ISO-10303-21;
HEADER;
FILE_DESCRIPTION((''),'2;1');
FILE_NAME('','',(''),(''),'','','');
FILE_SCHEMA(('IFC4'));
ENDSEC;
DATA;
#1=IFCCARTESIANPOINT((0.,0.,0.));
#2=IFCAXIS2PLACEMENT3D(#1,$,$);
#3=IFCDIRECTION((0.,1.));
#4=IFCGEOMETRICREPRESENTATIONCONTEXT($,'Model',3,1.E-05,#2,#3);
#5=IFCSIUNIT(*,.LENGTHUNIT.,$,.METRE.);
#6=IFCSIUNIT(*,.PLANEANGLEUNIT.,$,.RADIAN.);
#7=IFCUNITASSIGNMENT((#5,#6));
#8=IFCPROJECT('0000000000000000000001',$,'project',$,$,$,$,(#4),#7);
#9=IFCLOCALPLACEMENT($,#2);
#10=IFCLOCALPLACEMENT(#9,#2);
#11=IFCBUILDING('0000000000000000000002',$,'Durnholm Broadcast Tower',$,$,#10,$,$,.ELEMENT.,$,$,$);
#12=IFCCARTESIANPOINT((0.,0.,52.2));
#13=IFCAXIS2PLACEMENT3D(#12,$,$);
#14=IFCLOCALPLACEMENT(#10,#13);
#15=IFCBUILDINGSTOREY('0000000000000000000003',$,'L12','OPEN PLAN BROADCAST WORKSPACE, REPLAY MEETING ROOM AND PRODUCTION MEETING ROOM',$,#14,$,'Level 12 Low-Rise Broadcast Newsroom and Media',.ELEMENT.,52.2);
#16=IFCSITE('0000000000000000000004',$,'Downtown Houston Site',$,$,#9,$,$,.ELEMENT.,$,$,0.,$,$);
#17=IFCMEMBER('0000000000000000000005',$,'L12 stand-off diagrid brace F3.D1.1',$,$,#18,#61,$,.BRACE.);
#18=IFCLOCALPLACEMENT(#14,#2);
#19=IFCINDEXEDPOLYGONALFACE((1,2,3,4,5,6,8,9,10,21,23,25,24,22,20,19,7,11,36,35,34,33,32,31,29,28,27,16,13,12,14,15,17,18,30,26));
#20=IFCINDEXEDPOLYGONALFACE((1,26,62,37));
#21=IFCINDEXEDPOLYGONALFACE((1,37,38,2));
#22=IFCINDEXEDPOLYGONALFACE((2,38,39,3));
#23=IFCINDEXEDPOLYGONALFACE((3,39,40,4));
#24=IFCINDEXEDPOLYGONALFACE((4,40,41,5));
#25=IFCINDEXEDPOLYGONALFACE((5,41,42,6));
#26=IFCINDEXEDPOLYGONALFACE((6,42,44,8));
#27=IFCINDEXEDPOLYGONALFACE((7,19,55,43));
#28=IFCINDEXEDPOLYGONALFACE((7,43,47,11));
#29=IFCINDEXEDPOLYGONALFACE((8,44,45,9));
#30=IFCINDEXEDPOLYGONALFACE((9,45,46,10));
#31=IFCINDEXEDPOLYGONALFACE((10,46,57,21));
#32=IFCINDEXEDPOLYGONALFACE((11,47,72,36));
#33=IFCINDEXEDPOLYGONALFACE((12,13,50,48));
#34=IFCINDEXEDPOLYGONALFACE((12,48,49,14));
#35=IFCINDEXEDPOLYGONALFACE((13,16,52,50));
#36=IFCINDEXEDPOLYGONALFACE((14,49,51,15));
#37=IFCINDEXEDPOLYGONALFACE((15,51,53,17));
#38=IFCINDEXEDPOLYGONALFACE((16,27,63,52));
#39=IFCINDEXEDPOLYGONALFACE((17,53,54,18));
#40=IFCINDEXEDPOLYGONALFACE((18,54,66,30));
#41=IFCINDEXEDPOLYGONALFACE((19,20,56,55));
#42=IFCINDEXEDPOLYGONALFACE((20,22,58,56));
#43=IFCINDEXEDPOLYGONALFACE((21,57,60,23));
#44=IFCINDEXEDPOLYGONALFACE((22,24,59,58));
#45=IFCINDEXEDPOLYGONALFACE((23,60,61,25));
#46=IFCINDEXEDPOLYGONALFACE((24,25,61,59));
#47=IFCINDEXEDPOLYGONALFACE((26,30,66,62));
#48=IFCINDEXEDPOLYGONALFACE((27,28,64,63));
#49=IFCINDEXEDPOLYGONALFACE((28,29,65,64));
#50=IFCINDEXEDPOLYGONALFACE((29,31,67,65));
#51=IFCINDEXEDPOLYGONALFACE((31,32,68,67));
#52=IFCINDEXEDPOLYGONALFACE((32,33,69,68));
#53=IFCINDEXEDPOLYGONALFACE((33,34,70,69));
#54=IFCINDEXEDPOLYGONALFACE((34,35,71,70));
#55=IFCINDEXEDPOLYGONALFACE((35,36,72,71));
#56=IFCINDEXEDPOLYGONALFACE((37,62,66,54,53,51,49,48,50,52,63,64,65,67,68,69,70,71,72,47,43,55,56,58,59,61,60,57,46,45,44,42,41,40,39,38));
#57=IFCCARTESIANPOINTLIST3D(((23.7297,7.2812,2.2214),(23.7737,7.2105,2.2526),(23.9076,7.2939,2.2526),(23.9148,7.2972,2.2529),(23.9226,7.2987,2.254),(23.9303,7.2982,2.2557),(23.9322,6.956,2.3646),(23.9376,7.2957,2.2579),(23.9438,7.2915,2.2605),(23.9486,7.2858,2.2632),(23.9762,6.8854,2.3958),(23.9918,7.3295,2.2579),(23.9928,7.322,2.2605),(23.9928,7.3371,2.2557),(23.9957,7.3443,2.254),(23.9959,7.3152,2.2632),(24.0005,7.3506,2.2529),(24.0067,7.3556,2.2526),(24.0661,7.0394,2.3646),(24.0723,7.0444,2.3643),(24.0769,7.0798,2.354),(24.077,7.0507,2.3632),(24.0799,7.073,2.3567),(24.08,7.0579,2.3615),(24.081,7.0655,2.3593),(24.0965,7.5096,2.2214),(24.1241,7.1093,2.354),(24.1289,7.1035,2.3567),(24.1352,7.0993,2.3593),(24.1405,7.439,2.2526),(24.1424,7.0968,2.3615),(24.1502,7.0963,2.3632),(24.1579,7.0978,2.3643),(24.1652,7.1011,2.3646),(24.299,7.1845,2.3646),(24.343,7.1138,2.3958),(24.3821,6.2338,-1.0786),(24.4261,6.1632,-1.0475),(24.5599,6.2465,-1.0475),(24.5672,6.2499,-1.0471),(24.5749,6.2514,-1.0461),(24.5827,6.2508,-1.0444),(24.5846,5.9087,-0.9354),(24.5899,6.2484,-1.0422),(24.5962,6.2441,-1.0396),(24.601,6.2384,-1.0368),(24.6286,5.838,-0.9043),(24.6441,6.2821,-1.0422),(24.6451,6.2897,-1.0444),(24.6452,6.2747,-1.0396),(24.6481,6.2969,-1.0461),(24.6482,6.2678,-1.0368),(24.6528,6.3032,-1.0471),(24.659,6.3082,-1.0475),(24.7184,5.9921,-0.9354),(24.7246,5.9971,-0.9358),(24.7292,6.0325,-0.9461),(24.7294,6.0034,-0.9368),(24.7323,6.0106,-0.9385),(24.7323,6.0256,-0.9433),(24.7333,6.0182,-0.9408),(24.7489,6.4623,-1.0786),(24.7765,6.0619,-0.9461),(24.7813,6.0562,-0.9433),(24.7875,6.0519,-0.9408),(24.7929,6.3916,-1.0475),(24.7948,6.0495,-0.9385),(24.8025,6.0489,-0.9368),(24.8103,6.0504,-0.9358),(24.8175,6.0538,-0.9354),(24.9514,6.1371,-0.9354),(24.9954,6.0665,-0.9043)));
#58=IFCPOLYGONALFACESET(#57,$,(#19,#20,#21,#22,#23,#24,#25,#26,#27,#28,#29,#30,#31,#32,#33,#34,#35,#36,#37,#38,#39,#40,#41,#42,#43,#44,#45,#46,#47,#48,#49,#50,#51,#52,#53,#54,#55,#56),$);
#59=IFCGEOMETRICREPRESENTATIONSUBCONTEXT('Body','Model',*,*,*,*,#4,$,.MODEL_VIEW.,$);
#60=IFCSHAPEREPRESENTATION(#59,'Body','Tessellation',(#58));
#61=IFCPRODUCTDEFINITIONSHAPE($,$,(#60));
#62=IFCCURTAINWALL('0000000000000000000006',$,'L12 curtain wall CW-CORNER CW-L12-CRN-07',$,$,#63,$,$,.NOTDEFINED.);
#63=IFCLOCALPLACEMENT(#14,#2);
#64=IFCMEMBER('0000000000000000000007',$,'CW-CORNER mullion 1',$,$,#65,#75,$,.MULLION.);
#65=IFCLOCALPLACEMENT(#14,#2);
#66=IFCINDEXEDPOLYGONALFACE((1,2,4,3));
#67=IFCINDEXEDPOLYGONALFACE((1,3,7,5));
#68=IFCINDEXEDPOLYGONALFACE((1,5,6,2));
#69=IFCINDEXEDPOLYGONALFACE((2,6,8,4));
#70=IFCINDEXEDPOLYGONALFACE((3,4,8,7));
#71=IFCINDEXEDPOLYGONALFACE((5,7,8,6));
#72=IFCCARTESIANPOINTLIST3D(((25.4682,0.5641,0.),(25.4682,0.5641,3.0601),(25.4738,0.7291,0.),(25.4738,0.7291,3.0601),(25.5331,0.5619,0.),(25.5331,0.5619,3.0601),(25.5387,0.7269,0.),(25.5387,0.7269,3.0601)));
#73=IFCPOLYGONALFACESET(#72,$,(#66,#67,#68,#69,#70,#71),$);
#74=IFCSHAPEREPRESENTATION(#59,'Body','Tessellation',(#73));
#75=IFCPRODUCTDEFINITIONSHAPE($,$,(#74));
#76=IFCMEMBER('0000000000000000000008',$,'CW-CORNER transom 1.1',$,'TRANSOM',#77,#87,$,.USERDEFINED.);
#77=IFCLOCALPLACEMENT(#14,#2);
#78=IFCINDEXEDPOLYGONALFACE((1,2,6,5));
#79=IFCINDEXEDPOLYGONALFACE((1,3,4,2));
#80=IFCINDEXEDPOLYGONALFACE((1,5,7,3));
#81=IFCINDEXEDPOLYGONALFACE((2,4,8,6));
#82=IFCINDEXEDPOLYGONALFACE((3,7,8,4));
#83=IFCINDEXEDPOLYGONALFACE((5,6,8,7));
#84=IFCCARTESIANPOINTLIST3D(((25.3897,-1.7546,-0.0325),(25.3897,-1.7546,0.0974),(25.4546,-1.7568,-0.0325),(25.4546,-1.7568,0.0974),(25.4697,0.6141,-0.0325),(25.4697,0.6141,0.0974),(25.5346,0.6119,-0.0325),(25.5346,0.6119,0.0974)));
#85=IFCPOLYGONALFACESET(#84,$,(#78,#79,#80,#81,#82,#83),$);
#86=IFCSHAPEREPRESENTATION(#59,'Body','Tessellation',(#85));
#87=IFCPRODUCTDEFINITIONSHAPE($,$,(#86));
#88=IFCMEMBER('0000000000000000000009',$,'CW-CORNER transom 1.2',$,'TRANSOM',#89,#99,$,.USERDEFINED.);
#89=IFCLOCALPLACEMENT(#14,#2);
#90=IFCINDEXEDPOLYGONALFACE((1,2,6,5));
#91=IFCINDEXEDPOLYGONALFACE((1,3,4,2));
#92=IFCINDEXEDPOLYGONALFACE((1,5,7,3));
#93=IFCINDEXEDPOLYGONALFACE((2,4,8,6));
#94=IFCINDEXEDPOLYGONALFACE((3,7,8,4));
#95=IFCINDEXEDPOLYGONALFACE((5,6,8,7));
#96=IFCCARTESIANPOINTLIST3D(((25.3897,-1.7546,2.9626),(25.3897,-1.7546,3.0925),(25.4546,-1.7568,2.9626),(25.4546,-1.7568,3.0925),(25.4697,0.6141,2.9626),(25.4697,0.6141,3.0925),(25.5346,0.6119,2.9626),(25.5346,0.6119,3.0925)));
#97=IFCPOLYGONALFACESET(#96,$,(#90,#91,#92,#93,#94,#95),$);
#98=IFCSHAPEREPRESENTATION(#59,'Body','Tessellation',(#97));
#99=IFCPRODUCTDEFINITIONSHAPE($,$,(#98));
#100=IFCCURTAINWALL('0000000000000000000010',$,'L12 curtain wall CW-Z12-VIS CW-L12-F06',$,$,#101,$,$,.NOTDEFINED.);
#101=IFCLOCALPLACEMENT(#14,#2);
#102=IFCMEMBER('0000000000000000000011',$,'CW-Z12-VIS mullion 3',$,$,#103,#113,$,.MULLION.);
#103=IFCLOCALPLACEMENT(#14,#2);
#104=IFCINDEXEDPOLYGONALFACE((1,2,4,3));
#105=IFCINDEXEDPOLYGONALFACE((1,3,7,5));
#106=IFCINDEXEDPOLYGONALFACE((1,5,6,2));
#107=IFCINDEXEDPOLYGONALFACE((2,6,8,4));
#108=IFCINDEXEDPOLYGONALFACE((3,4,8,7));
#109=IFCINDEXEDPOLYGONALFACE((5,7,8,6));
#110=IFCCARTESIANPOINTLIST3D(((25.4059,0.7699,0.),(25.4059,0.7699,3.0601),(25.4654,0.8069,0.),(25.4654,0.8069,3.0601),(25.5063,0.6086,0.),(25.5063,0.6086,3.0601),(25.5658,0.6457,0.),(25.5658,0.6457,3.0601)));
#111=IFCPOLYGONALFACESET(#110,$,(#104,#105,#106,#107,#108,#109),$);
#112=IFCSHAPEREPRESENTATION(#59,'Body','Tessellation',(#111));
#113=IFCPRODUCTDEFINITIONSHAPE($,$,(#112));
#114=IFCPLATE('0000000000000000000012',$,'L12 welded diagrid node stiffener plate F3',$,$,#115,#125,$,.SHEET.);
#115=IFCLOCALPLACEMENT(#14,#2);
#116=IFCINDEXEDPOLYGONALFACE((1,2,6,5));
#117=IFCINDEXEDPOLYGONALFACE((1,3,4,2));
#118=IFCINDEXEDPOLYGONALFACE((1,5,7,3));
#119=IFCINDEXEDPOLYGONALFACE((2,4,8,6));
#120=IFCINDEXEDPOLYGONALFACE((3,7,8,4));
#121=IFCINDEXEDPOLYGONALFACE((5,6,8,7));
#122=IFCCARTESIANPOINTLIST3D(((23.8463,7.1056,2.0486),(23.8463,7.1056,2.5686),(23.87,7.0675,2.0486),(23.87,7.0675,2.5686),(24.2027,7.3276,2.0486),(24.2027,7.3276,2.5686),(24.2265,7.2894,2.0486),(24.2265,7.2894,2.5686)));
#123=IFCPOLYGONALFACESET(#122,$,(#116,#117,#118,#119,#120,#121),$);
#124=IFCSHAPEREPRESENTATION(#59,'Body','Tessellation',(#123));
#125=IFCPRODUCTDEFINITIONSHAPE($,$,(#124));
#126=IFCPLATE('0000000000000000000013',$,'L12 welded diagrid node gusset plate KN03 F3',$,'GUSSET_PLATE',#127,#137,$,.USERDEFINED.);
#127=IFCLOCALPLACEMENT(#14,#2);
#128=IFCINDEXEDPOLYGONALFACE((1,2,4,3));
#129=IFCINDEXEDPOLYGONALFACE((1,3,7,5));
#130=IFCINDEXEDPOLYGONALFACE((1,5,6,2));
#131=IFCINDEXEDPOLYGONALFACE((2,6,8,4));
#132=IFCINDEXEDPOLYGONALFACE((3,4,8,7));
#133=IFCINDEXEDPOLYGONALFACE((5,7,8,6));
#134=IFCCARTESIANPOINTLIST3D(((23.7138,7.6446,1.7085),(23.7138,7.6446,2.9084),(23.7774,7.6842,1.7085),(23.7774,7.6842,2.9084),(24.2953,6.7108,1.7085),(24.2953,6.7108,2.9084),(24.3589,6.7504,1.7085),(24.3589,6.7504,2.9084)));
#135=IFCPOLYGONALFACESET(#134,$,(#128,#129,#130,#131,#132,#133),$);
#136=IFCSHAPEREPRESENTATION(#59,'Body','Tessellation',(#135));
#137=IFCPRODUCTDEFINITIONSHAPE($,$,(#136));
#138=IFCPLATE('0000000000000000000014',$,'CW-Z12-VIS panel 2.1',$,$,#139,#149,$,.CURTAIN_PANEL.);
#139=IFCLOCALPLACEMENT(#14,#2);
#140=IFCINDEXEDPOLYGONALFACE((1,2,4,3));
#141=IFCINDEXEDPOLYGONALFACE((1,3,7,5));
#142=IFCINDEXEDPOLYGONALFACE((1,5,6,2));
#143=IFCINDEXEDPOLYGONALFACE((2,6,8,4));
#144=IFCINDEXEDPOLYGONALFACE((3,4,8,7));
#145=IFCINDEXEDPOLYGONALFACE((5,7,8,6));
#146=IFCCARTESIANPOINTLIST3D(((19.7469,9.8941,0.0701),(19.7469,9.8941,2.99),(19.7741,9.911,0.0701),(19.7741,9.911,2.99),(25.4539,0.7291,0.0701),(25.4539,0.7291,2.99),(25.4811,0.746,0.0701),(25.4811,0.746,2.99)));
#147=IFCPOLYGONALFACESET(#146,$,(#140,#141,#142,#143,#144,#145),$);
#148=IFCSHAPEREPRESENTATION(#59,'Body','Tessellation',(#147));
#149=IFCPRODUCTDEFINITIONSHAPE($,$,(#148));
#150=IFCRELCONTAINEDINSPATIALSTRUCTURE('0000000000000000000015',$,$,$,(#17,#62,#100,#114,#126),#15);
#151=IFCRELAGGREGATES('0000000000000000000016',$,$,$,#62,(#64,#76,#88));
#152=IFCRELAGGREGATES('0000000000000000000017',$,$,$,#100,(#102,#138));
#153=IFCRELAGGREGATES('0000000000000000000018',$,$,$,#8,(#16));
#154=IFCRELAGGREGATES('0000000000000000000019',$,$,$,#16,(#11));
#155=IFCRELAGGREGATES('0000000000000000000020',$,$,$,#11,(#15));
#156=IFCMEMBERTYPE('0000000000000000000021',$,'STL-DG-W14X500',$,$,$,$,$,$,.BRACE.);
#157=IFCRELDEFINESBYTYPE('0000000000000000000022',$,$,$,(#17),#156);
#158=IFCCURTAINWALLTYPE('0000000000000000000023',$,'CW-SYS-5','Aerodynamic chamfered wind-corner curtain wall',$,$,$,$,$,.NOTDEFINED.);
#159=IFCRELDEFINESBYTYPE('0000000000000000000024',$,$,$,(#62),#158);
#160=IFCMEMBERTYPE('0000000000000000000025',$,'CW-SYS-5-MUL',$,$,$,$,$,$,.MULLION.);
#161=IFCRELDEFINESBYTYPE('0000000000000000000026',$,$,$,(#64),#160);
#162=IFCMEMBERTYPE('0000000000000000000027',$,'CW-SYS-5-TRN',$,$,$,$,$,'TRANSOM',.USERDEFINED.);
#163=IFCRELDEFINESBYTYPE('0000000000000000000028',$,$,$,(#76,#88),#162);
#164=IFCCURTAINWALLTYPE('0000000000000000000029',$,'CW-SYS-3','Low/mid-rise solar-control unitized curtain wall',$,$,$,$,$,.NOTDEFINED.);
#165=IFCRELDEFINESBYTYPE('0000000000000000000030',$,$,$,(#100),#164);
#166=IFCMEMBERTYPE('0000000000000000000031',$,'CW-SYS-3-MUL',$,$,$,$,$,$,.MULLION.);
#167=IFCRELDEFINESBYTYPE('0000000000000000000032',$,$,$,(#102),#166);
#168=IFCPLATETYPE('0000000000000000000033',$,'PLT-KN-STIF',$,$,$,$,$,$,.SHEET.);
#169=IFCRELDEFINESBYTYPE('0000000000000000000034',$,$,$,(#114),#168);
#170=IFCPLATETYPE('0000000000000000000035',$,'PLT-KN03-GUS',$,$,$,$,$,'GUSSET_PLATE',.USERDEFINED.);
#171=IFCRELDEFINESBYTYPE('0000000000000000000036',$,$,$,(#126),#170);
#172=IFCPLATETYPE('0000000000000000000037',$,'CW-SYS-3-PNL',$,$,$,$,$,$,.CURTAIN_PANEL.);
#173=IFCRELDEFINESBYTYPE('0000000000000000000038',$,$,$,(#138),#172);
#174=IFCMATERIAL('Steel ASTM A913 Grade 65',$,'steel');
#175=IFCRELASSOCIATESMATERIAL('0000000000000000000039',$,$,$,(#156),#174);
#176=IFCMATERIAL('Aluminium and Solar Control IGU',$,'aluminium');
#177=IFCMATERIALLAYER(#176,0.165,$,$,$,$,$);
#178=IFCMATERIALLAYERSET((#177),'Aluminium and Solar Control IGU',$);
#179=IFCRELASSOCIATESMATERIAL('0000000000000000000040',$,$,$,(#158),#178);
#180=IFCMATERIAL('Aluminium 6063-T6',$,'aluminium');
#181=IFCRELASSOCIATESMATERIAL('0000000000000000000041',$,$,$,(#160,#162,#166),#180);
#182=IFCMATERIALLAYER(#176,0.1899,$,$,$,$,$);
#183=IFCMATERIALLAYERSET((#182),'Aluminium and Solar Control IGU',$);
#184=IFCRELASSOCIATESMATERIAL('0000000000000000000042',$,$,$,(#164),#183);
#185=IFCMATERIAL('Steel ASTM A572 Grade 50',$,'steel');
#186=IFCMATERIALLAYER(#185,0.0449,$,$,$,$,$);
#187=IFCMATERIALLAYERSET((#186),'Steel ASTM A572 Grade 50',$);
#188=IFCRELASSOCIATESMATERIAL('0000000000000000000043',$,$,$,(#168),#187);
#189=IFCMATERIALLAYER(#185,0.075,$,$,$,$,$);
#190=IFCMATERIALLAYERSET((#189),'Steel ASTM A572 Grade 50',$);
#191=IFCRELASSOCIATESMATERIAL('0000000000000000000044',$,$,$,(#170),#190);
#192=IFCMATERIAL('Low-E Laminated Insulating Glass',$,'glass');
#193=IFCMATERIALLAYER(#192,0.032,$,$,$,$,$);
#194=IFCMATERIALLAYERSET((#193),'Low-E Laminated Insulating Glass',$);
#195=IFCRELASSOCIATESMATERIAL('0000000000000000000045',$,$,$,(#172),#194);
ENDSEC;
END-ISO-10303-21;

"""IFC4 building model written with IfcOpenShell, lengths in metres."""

from ifc_helpers import new_model, si_unit, direction, frame, origin, origin_2d, place, context, subcontext, project, spatial, rectangle, i_section, extrude, source, transform, mapped, material, layer, layer_set, material_profile, profile_set, type_object, type_shapes, element, aggregate, save


model = new_model("IFC4")

# Units and contexts
model_context = context("Model", 3, precision=1e-05, world=origin(), true_north=direction((0.0, 1.0)))
body_context = subcontext(model_context, "Body", "Model", "MODEL_VIEW")
ifc_project = project(units=[si_unit("LENGTHUNIT", "METRE"), si_unit("PLANEANGLEUNIT", "RADIAN")], contexts=[model_context])

# Site, building, storey
site_placement = place(None, origin())
site = spatial("IfcSite", under=ifc_project, at=site_placement, Name="Downtown Houston Site", CompositionType="ELEMENT", RefElevation=0.0)
building_placement = place(site_placement, origin())
building = spatial("IfcBuilding", under=site, at=building_placement, Name="Durnholm Broadcast Tower", CompositionType="ELEMENT")
storey_placement = place(building_placement, frame((0.0, 0.0, 52.2)))
storey = spatial("IfcBuildingStorey", under=building, at=storey_placement, Name="L12", Description="OPEN PLAN BROADCAST WORKSPACE, REPLAY MEETING ROOM AND PRODUCTION MEETING ROOM", LongName="Level 12 Low-Rise Broadcast Newsroom and Media", CompositionType="ELEMENT", Elevation=52.2)

# Member
ifc_material_1 = material(Name="Steel ASTM A913 Grade 65", Category="steel")
ifc_material_profile_1 = material_profile(ifc_material_1, i_section(OverallWidth=0.4321, OverallDepth=0.4978, WebThickness=0.0557, FlangeThickness=0.0889, FilletRadius=0.0305, at=origin_2d()), Name="W14X500")
ifc_profile_set_1 = profile_set([ifc_material_profile_1], Name="Steel ASTM A913 Grade 65")
member_type_1 = type_object("IfcMemberType", Name="STL-DG-W14X500", PredefinedType="BRACE", material=ifc_profile_set_1)
shared_shape_1 = source(origin(), body_context, "Body", "SweptSolid", [
    extrude(i_section(OverallWidth=0.4321, OverallDepth=0.4978, WebThickness=0.0557, FlangeThickness=0.0889, FilletRadius=0.0305, at=origin_2d()), origin(), (0.0, 0.0, 1.0), 3.5232),
])
type_shapes(member_type_1, [shared_shape_1])
member_1_placement = place(storey_placement, frame((24.6887, 6.1501, -0.9915), z_axis=(-0.185157, 0.297277, 0.936666), x_axis=(-0.84882, -0.528682, 0.0)))
element("IfcMember", 1, at=member_1_placement, inside=storey, type_object=member_type_1, Name="L12 stand-off diagrid brace F3.D1.1", PredefinedType="BRACE", context=body_context, shape_type="MappedRepresentation", body=[
    mapped(shared_shape_1, transform((0.0, 0.0, 0.0), x_axis=(1.0, 0.0, 0.0), y_axis=(0.0, 1.0, 0.0), z_axis=(0.0, 0.0, 1.0), scale=1.0)),
])

# Curtain wall, members
ifc_material_2 = material(Name="Aluminium and Solar Control IGU", Category="aluminium")
ifc_layer_1 = layer(ifc_material_2, 0.165)
ifc_layer_set_1 = layer_set([ifc_layer_1], Name="Aluminium and Solar Control IGU")
curtain_wall_type_1 = type_object("IfcCurtainWallType", Name="CW-SYS-5", Description="Aerodynamic chamfered wind-corner curtain wall", PredefinedType="NOTDEFINED", material=ifc_layer_set_1)
curtain_wall_1_placement = place(storey_placement, origin())
curtain_wall_1 = element("IfcCurtainWall", 2, at=curtain_wall_1_placement, inside=storey, type_object=curtain_wall_type_1, Name="L12 curtain wall CW-CORNER CW-L12-CRN-07", PredefinedType="NOTDEFINED")
ifc_material_3 = material(Name="Aluminium 6063-T6", Category="aluminium")
ifc_material_profile_2 = material_profile(ifc_material_3, rectangle(XDim=0.0649, YDim=0.165, at=origin_2d()), Name="CWM65X165")
ifc_profile_set_2 = profile_set([ifc_material_profile_2], Name="Aluminium 6063-T6")
member_type_2 = type_object("IfcMemberType", Name="CW-SYS-5-MUL", PredefinedType="MULLION", material=ifc_profile_set_2)
shared_shape_2 = source(origin(), body_context, "Body", "SweptSolid", [
    extrude(rectangle(XDim=0.0649, YDim=0.165, at=origin_2d()), origin(), (0.0, 0.0, 1.0), 3.0601),
])
type_shapes(member_type_2, [shared_shape_2])
member_2_placement = place(storey_placement, frame((25.5034, 0.6455, 0.0), z_axis=(0.0, 0.0, 1.0), x_axis=(0.999427, -0.03384, 0.0)))
member_2 = element("IfcMember", 3, at=member_2_placement, type_object=member_type_2, Name="CW-CORNER mullion 1", PredefinedType="MULLION", context=body_context, shape_type="MappedRepresentation", body=[
    mapped(shared_shape_2, transform((0.0, 0.0, 0.0), x_axis=(1.0, 0.0, 0.0), y_axis=(0.0, 1.0, 0.0), z_axis=(0.0, 0.0, 1.0), scale=1.0)),
])
ifc_material_profile_3 = material_profile(ifc_material_3, rectangle(XDim=0.0649, YDim=0.1299, at=origin_2d()), Name="CWT65X130")
ifc_profile_set_3 = profile_set([ifc_material_profile_3], Name="Aluminium 6063-T6")
member_type_3 = type_object("IfcMemberType", Name="CW-SYS-5-TRN", ElementType="TRANSOM", PredefinedType="USERDEFINED", material=ifc_profile_set_3)
shared_shape_3 = source(origin(), body_context, "Body", "SweptSolid", [
    extrude(rectangle(XDim=0.0649, YDim=0.1299, at=origin_2d()), origin(), (0.0, 0.0, 1.0), 2.3701),
])
type_shapes(member_type_3, [shared_shape_3])
member_3_placement = place(storey_placement, frame((25.5022, 0.613, 0.0325), z_axis=(-0.033788, -0.999429, 0.0), x_axis=(0.999429, -0.033788, 0.0)))
member_3 = element("IfcMember", 4, at=member_3_placement, type_object=member_type_3, Name="CW-CORNER transom 1.1", ObjectType="TRANSOM", PredefinedType="USERDEFINED", context=body_context, shape_type="MappedRepresentation", body=[
    mapped(shared_shape_3, transform((0.0, 0.0, 0.0), x_axis=(1.0, 0.0, 0.0), y_axis=(0.0, 1.0, 0.0), z_axis=(0.0, 0.0, 1.0), scale=1.0)),
])
member_4_placement = place(storey_placement, frame((25.5022, 0.613, 3.0276), z_axis=(-0.033788, -0.999429, 0.0), x_axis=(0.999429, -0.033788, 0.0)))
member_4 = element("IfcMember", 5, at=member_4_placement, type_object=member_type_3, Name="CW-CORNER transom 1.2", ObjectType="TRANSOM", PredefinedType="USERDEFINED", context=body_context, shape_type="MappedRepresentation", body=[
    mapped(shared_shape_3, transform((0.0, 0.0, 0.0), x_axis=(1.0, 0.0, 0.0), y_axis=(0.0, 1.0, 0.0), z_axis=(0.0, 0.0, 1.0), scale=1.0)),
])
aggregate(curtain_wall_1, [member_2, member_3, member_4])

# Curtain wall, member
ifc_layer_2 = layer(ifc_material_2, 0.1899)
ifc_layer_set_2 = layer_set([ifc_layer_2], Name="Aluminium and Solar Control IGU")
curtain_wall_type_2 = type_object("IfcCurtainWallType", Name="CW-SYS-3", Description="Low/mid-rise solar-control unitized curtain wall", PredefinedType="NOTDEFINED", material=ifc_layer_set_2)
curtain_wall_2_placement = place(storey_placement, origin())
curtain_wall_2 = element("IfcCurtainWall", 6, at=curtain_wall_2_placement, inside=storey, type_object=curtain_wall_type_2, Name="L12 curtain wall CW-Z12-VIS CW-L12-F06", PredefinedType="NOTDEFINED")
ifc_material_profile_4 = material_profile(ifc_material_3, rectangle(XDim=0.0701, YDim=0.1899, at=origin_2d()), Name="CWM70X190")
ifc_profile_set_4 = profile_set([ifc_material_profile_4], Name="Aluminium 6063-T6")
member_type_4 = type_object("IfcMemberType", Name="CW-SYS-3-MUL", PredefinedType="MULLION", material=ifc_profile_set_4)
shared_shape_4 = source(origin(), body_context, "Body", "SweptSolid", [
    extrude(rectangle(XDim=0.0701, YDim=0.1899, at=origin_2d()), origin(), (0.0, 0.0, 1.0), 3.0601),
])
type_shapes(member_type_4, [shared_shape_4])
member_5_placement = place(storey_placement, frame((25.4858, 0.7078, 0.0), z_axis=(0.0, 0.0, 1.0), x_axis=(0.848876, 0.528592, 0.0)))
member_5 = element("IfcMember", 7, at=member_5_placement, type_object=member_type_4, Name="CW-Z12-VIS mullion 3", PredefinedType="MULLION", context=body_context, shape_type="MappedRepresentation", body=[
    mapped(shared_shape_4, transform((0.0, 0.0, 0.0), x_axis=(1.0, 0.0, 0.0), y_axis=(0.0, 1.0, 0.0), z_axis=(0.0, 0.0, 1.0), scale=1.0)),
])

# Plates
ifc_material_4 = material(Name="Steel ASTM A572 Grade 50", Category="steel")
ifc_layer_3 = layer(ifc_material_4, 0.0449)
ifc_layer_set_3 = layer_set([ifc_layer_3], Name="Steel ASTM A572 Grade 50")
plate_type_1 = type_object("IfcPlateType", Name="PLT-KN-STIF", PredefinedType="SHEET", material=ifc_layer_set_3)
shared_shape_5 = source(origin(), body_context, "Body", "SweptSolid", [
    extrude(rectangle(XDim=0.0449, YDim=0.4199, at=origin_2d()), origin(), (0.0, 0.0, 1.0), 0.52),
])
type_shapes(plate_type_1, [shared_shape_5])
plate_1_placement = place(storey_placement, frame((24.0364, 7.1975, 2.0486), z_axis=(0.0, 0.0, 1.0), x_axis=(-0.528587, 0.848879, 0.0)))
element("IfcPlate", 8, at=plate_1_placement, inside=storey, type_object=plate_type_1, Name="L12 welded diagrid node stiffener plate F3", PredefinedType="SHEET", context=body_context, shape_type="MappedRepresentation", body=[
    mapped(shared_shape_5, transform((0.0, 0.0, 0.0), x_axis=(1.0, 0.0, 0.0), y_axis=(0.0, 1.0, 0.0), z_axis=(0.0, 0.0, 1.0), scale=1.0)),
])
ifc_layer_4 = layer(ifc_material_4, 0.075)
ifc_layer_set_4 = layer_set([ifc_layer_4], Name="Steel ASTM A572 Grade 50")
plate_type_2 = type_object("IfcPlateType", Name="PLT-KN03-GUS", ElementType="GUSSET_PLATE", PredefinedType="USERDEFINED", material=ifc_layer_set_4)
shared_shape_6 = source(origin(), body_context, "Body", "SweptSolid", [
    extrude(rectangle(XDim=1.1001, YDim=0.075, at=origin_2d()), origin(), (0.0, 0.0, 1.0), 1.2),
])
type_shapes(plate_type_2, [shared_shape_6])
plate_2_placement = place(storey_placement, frame((24.0364, 7.1975, 1.7085), z_axis=(0.0, 0.0, 1.0), x_axis=(-0.528587, 0.848879, 0.0)))
element("IfcPlate", 9, at=plate_2_placement, inside=storey, type_object=plate_type_2, Name="L12 welded diagrid node gusset plate KN03 F3", ObjectType="GUSSET_PLATE", PredefinedType="USERDEFINED", context=body_context, shape_type="MappedRepresentation", body=[
    mapped(shared_shape_6, transform((0.0, 0.0, 0.0), x_axis=(1.0, 0.0, 0.0), y_axis=(0.0, 1.0, 0.0), z_axis=(0.0, 0.0, 1.0), scale=1.0)),
])

# Plate
ifc_material_5 = material(Name="Low-E Laminated Insulating Glass", Category="glass")
ifc_layer_5 = layer(ifc_material_5, 0.032)
ifc_layer_set_5 = layer_set([ifc_layer_5], Name="Low-E Laminated Insulating Glass")
plate_type_3 = type_object("IfcPlateType", Name="CW-SYS-3-PNL", PredefinedType="CURTAIN_PANEL", material=ifc_layer_set_5)
shared_shape_7 = source(origin(), body_context, "Body", "SweptSolid", [
    extrude(rectangle(XDim=10.7966, YDim=0.032, at=origin_2d()), origin(), (0.0, 0.0, 1.0), 2.9199),
])
type_shapes(plate_type_3, [shared_shape_7])
plate_3_placement = place(storey_placement, frame((22.614, 5.3201, 0.0701), z_axis=(0.0, 0.0, 1.0), x_axis=(0.528592, -0.848876, 0.0)))
plate_3 = element("IfcPlate", 10, at=plate_3_placement, type_object=plate_type_3, Name="CW-Z12-VIS panel 2.1", PredefinedType="CURTAIN_PANEL", context=body_context, shape_type="MappedRepresentation", body=[
    mapped(shared_shape_7, transform((0.0, 0.0, 0.0), x_axis=(1.0, 0.0, 0.0), y_axis=(0.0, 1.0, 0.0), z_axis=(0.0, 0.0, 1.0), scale=1.0)),
])
aggregate(curtain_wall_2, [member_5, plate_3])

save(model, "model.ifc")
